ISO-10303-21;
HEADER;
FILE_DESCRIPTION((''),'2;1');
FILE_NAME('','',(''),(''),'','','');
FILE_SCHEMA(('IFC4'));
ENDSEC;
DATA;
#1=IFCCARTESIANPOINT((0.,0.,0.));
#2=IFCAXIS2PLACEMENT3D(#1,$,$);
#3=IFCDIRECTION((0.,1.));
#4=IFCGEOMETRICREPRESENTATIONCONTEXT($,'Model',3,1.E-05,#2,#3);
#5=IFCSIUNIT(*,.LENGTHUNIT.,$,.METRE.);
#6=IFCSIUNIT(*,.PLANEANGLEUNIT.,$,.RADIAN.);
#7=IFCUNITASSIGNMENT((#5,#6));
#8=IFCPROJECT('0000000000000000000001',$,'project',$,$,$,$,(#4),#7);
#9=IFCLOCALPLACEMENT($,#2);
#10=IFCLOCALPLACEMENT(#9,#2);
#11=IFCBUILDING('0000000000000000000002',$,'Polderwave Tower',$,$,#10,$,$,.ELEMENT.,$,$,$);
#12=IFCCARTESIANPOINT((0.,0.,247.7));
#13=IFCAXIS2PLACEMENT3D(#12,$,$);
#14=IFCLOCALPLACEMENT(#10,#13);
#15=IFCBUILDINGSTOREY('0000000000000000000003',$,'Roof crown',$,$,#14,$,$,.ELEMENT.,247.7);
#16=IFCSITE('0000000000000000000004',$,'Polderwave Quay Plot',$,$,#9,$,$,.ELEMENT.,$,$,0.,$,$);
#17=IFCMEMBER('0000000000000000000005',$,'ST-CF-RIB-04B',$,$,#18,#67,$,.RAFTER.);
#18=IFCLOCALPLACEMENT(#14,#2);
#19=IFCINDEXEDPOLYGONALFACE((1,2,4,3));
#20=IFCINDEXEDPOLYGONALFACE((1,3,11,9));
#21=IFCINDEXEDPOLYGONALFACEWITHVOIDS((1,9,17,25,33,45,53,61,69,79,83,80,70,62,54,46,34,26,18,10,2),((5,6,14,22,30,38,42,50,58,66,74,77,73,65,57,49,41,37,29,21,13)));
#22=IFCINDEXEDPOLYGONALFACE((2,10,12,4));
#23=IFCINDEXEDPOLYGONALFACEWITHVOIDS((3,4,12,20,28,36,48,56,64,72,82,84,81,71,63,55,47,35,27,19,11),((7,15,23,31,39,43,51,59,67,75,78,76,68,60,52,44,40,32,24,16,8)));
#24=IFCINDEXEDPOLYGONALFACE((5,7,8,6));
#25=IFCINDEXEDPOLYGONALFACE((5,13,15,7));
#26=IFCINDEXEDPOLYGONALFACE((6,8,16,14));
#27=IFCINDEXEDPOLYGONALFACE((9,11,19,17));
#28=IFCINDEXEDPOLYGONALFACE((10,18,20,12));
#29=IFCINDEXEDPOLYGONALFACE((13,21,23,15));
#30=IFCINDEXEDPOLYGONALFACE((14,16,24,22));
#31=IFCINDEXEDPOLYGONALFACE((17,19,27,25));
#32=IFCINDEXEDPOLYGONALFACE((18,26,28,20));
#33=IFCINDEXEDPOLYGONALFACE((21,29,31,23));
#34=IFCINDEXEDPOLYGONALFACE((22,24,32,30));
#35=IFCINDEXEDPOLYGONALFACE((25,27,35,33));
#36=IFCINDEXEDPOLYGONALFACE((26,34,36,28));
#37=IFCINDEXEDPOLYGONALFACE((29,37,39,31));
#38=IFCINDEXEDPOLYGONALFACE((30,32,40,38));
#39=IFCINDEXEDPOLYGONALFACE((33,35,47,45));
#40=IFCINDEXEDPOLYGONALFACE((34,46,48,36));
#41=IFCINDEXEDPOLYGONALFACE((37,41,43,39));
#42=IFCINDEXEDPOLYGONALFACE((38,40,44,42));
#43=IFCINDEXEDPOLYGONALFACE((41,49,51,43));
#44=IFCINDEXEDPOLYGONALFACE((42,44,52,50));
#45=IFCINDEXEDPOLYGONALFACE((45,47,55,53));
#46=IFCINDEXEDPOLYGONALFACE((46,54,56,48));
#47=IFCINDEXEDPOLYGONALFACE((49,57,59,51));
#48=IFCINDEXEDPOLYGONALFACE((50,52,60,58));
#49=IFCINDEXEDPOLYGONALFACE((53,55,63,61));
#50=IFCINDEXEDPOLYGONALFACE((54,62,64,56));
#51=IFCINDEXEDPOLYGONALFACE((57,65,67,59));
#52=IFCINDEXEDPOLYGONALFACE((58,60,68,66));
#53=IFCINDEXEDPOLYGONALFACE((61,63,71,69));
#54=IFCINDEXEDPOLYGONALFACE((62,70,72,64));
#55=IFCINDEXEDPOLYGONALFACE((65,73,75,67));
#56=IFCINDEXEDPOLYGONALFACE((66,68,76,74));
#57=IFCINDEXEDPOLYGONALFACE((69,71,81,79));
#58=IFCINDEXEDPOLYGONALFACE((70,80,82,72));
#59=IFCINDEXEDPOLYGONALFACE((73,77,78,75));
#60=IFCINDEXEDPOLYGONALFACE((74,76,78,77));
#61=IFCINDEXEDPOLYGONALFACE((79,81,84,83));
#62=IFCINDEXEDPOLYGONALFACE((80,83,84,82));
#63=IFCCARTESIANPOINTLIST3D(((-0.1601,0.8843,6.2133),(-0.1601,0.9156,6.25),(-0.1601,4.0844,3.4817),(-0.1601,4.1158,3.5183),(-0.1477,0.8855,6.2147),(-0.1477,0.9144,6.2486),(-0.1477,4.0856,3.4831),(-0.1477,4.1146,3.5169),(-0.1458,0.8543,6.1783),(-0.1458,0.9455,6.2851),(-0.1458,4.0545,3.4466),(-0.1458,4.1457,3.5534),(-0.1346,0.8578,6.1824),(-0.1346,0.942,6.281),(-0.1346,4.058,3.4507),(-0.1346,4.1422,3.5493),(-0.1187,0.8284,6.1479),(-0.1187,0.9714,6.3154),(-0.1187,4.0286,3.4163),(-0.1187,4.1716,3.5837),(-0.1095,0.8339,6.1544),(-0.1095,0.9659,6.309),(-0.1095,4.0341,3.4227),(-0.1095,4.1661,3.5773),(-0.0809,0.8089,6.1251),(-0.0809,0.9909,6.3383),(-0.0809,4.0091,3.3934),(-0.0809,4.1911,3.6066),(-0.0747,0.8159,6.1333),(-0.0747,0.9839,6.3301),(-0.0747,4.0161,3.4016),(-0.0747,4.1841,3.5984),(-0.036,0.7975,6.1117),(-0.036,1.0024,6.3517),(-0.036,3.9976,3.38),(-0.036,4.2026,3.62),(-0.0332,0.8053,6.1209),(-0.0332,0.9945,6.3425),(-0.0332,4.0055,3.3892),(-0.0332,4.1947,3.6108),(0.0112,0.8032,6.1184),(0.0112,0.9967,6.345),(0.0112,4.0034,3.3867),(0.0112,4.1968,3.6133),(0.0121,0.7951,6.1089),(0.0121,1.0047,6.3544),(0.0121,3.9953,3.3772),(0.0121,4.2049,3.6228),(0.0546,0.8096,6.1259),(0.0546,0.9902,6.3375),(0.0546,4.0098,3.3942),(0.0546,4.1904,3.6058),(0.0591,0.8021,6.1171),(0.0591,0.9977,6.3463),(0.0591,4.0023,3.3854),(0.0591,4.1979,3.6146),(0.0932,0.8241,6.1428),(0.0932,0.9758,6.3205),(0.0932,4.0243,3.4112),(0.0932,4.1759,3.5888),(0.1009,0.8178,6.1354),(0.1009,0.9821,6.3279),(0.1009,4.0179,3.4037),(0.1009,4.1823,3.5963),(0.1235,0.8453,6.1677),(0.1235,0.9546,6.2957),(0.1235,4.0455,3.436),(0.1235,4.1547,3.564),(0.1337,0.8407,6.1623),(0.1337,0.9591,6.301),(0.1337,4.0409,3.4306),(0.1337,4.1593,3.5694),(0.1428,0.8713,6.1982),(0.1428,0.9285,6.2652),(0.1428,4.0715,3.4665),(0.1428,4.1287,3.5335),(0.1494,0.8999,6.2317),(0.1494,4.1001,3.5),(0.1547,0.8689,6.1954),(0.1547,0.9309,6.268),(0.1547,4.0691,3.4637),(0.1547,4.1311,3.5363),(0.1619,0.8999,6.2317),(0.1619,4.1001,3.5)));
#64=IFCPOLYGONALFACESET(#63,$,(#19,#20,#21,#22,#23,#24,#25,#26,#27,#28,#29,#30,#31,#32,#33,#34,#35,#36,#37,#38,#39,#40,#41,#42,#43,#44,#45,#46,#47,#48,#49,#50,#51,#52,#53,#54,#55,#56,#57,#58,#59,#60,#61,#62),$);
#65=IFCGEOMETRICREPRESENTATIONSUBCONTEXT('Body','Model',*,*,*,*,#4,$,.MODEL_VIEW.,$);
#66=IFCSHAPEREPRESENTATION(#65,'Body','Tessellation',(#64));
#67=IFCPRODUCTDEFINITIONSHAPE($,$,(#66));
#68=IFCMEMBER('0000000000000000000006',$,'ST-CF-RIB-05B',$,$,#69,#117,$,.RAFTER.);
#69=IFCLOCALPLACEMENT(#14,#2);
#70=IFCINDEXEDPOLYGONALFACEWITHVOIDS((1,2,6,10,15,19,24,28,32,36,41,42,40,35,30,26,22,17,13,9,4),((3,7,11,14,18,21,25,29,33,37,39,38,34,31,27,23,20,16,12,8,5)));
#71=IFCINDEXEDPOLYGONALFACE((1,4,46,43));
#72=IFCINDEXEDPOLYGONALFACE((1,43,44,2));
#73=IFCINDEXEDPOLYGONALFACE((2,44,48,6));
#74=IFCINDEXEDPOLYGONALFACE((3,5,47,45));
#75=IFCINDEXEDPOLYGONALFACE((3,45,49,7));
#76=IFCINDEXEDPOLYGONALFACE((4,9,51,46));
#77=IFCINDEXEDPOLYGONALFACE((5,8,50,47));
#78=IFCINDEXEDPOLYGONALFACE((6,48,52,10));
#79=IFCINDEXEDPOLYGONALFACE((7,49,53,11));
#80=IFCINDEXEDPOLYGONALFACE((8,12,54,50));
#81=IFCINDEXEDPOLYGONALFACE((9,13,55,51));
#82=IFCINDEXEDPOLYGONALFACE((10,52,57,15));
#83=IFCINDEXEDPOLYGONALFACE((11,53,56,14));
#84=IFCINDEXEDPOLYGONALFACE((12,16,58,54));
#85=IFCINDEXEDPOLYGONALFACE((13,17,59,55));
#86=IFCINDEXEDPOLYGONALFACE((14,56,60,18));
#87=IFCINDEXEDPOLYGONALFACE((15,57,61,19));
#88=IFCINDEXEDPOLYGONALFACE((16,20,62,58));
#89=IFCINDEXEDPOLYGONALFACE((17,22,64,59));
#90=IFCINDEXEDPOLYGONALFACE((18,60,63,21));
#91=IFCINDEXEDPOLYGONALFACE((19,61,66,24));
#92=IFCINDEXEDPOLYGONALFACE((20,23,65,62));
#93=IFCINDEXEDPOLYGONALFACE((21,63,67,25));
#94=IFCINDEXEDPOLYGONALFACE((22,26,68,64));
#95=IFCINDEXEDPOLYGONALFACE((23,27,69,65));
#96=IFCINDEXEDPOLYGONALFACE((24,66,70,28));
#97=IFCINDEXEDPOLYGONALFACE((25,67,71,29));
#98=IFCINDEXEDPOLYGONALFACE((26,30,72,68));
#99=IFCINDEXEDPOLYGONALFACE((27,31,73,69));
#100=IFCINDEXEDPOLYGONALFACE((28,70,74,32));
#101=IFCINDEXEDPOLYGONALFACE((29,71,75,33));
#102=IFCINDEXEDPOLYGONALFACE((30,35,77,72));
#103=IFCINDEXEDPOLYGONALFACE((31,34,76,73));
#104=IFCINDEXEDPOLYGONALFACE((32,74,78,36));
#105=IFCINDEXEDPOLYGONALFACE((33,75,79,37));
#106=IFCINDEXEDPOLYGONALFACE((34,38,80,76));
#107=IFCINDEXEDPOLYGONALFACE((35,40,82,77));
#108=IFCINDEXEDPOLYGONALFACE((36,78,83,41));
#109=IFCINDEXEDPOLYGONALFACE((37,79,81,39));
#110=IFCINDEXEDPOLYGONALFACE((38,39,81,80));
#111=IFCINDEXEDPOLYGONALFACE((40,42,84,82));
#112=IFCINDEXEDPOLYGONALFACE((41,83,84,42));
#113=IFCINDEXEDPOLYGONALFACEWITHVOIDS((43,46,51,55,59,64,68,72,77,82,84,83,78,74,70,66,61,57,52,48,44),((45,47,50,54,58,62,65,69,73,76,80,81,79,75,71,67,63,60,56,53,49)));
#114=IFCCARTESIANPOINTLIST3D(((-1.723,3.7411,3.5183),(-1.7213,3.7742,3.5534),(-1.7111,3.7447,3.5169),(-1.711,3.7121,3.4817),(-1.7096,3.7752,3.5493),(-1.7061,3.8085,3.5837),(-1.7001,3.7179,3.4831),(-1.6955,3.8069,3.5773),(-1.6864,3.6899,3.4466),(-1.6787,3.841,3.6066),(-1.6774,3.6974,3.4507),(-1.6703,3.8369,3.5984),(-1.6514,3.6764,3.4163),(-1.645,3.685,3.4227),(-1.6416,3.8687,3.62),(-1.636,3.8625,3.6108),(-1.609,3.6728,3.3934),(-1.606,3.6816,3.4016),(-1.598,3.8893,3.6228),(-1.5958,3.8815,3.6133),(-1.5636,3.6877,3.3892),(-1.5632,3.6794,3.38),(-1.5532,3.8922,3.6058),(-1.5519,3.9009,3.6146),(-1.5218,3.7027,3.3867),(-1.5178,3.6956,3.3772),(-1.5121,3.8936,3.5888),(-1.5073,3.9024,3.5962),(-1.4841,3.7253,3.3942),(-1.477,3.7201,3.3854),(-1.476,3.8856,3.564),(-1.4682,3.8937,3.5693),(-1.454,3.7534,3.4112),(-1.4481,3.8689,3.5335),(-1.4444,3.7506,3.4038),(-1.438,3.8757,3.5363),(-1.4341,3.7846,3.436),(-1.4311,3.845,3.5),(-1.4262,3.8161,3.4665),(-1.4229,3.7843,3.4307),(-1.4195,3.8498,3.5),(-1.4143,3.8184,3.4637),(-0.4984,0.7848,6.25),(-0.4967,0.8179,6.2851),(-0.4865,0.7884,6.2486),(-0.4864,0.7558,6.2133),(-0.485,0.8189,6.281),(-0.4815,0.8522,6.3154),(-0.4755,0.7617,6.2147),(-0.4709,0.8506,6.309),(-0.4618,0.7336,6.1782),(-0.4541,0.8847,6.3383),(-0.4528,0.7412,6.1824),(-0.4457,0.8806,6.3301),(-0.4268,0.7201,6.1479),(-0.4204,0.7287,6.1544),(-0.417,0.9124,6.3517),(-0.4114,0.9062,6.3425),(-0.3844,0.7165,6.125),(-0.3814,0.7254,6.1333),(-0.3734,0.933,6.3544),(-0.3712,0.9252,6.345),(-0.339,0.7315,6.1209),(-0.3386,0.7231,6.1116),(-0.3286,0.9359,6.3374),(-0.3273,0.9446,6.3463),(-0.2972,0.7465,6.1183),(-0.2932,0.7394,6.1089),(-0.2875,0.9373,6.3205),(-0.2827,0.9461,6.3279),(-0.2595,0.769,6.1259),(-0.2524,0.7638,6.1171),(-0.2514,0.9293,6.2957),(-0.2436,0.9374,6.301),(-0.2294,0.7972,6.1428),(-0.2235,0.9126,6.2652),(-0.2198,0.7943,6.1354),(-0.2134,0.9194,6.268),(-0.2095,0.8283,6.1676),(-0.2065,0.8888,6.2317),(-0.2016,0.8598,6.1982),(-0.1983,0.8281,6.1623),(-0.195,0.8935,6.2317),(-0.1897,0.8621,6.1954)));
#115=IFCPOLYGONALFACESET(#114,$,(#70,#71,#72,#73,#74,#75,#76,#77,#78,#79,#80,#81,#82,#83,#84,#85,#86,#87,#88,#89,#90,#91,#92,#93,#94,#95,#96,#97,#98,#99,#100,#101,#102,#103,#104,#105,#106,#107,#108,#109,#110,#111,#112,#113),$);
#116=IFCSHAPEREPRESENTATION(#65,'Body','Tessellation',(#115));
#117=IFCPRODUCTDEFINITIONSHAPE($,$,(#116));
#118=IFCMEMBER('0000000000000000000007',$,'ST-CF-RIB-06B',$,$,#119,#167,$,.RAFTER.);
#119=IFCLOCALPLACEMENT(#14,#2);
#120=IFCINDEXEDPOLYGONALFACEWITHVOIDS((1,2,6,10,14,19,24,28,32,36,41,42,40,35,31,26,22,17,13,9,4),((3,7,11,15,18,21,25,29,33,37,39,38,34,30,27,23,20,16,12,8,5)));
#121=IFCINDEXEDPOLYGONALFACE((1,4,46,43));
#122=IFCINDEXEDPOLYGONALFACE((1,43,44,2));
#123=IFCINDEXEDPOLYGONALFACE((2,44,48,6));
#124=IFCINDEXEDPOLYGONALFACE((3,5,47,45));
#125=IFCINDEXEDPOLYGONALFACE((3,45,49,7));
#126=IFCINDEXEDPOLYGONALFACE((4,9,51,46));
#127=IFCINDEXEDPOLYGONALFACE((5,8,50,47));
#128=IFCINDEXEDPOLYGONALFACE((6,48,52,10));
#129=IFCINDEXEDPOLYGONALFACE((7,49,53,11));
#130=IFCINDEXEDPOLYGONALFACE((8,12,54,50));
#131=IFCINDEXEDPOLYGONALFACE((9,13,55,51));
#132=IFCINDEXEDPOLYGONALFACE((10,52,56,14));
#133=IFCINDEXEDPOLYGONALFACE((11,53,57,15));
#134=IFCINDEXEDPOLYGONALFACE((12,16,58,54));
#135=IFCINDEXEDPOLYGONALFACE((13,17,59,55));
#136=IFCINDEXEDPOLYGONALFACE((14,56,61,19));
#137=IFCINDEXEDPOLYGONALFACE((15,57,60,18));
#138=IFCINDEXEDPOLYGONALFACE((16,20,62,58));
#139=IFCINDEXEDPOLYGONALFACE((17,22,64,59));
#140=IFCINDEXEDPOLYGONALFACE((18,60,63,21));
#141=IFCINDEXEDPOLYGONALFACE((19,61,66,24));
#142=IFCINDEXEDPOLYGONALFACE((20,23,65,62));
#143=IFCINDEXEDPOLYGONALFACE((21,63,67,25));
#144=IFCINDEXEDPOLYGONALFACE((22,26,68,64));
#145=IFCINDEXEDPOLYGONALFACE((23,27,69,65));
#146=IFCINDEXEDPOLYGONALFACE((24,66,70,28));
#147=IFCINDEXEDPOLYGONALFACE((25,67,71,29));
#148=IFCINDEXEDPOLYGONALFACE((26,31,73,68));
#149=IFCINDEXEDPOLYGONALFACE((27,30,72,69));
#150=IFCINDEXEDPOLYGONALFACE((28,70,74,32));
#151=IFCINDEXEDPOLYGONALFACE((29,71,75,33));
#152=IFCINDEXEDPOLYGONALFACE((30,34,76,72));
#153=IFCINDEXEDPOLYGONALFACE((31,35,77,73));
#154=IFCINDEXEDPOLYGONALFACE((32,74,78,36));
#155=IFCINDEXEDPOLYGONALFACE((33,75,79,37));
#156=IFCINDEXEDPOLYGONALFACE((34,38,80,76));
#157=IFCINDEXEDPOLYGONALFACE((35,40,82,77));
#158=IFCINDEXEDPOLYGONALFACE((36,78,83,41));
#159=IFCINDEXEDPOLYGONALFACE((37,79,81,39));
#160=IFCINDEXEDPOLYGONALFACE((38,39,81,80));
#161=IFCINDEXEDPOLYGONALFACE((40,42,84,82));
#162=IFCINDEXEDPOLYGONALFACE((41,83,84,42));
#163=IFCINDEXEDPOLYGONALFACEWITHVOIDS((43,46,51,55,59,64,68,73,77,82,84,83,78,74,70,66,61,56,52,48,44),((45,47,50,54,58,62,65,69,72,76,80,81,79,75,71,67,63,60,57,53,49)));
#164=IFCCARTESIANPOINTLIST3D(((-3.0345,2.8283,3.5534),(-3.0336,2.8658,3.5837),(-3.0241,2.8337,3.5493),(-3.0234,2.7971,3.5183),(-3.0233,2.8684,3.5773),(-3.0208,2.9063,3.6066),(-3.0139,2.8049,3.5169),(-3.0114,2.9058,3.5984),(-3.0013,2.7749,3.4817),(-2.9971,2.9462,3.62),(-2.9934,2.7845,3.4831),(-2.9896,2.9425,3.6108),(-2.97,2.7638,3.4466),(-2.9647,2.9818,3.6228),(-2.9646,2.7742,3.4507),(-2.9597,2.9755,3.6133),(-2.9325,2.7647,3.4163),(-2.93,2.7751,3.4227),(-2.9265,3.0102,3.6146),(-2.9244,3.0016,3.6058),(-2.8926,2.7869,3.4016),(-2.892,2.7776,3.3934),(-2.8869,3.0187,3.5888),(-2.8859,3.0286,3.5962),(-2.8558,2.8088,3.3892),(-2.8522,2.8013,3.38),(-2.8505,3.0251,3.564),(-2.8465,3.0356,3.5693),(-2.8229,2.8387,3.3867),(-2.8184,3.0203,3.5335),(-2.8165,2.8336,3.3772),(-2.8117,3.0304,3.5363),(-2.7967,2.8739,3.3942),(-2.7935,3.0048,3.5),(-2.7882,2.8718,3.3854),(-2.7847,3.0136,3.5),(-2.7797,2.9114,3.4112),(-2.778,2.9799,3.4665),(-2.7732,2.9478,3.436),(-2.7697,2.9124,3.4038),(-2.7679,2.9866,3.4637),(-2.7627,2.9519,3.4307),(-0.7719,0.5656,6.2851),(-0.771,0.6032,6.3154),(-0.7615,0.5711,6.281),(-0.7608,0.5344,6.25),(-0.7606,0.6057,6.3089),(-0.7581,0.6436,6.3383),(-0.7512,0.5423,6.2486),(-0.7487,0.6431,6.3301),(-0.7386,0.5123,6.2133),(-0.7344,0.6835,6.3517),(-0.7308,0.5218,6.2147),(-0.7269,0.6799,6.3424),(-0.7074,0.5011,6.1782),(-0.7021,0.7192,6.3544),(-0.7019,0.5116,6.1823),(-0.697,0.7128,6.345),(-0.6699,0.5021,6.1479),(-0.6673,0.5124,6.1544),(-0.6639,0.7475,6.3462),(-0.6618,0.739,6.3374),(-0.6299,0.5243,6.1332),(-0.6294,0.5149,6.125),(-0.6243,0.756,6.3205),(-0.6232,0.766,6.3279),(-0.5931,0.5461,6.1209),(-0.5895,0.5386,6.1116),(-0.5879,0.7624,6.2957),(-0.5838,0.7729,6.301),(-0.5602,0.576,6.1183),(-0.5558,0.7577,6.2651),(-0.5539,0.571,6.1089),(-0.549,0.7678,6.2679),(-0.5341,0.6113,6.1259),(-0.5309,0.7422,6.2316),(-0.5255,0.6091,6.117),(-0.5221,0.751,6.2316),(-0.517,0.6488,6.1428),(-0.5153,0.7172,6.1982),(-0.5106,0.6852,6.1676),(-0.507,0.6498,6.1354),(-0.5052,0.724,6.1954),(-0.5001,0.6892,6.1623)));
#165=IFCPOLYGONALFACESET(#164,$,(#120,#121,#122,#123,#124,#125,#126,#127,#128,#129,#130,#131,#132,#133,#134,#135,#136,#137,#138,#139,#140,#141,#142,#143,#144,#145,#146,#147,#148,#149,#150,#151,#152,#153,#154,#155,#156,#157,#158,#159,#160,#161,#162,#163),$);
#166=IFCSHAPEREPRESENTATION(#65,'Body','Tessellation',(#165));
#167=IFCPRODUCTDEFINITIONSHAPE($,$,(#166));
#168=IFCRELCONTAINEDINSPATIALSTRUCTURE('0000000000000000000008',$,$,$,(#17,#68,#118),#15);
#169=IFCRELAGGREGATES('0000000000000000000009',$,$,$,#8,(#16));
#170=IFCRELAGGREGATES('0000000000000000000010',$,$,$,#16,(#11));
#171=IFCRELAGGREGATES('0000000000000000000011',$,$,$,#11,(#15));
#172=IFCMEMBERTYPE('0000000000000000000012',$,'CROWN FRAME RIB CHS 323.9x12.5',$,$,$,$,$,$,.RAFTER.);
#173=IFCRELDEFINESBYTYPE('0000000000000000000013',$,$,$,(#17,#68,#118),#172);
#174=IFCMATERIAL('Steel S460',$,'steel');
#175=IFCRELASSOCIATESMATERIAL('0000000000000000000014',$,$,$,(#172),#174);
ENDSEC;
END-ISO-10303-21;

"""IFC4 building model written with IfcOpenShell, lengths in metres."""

from ifc_helpers import new_model, si_unit, direction, frame, origin, origin_2d, place, context, subcontext, project, spatial, hollow_circle, extrude, material, material_profile, profile_set, type_object, element, save


model = new_model("IFC4")

# Units and contexts
model_context = context("Model", 3, precision=1e-05, world=origin(), true_north=direction((0.0, 1.0)))
body_context = subcontext(model_context, "Body", "Model", "MODEL_VIEW")
ifc_project = project(units=[si_unit("LENGTHUNIT", "METRE"), si_unit("PLANEANGLEUNIT", "RADIAN")], contexts=[model_context])

# Site, building, storey
site_placement = place(None, origin())
site = spatial("IfcSite", under=ifc_project, at=site_placement, Name="Polderwave Quay Plot", CompositionType="ELEMENT", RefElevation=0.0)
building_placement = place(site_placement, origin())
building = spatial("IfcBuilding", under=site, at=building_placement, Name="Polderwave Tower", CompositionType="ELEMENT")
storey_placement = place(building_placement, frame((0.0, 0.0, 247.7)))
storey = spatial("IfcBuildingStorey", under=building, at=storey_placement, Name="Roof crown", CompositionType="ELEMENT", Elevation=247.7)

# Members
ifc_material_1 = material(Name="Steel S460", Category="steel")
ifc_material_profile_1 = material_profile(ifc_material_1, hollow_circle(Radius=0.1619, WallThickness=0.0125, at=origin_2d()), Name="CHS 323.9x12.5")
ifc_profile_set_1 = profile_set([ifc_material_profile_1], Name="Steel S460")
member_type_1 = type_object("IfcMemberType", Name="CROWN FRAME RIB CHS 323.9x12.5", PredefinedType="RAFTER", material=ifc_profile_set_1)
member_1_placement = place(storey_placement, frame((0.0, 4.1001, 3.5), z_axis=(0.0, -0.760586, 0.649237), x_axis=(1.0, 0.0, 0.0)))
element("IfcMember", 1, at=member_1_placement, inside=storey, type_object=member_type_1, Name="ST-CF-RIB-04B", PredefinedType="RAFTER", context=body_context, shape_type="SweptSolid", body=[
    extrude(hollow_circle(Radius=0.1619, WallThickness=0.0125, at=origin_2d()), origin(), (0.0, 0.0, 1.0), 4.2075),
])
for number, where, z_axis, x_axis, name in (
    (2, (-1.5691, 3.7878, 3.5), (0.291067, -0.702657, 0.649271), (0.923872, 0.382702, 0.0), "ST-CF-RIB-05B"),
    (3, (-2.8992, 2.8992, 3.5), (0.537797, -0.537797, 0.649268), (0.707107, 0.707107, 0.0), "ST-CF-RIB-06B"),
):
    element("IfcMember", number, at=place(storey_placement, frame(where, z_axis=z_axis, x_axis=x_axis)), inside=storey, type_object=member_type_1, Name=name, PredefinedType="RAFTER", context=body_context, shape_type="SweptSolid", body=[
        extrude(hollow_circle(Radius=0.1619, WallThickness=0.0125, at=origin_2d()), origin(), (0.0, 0.0, 1.0), 4.2073),
    ])

save(model, "model.ifc")
